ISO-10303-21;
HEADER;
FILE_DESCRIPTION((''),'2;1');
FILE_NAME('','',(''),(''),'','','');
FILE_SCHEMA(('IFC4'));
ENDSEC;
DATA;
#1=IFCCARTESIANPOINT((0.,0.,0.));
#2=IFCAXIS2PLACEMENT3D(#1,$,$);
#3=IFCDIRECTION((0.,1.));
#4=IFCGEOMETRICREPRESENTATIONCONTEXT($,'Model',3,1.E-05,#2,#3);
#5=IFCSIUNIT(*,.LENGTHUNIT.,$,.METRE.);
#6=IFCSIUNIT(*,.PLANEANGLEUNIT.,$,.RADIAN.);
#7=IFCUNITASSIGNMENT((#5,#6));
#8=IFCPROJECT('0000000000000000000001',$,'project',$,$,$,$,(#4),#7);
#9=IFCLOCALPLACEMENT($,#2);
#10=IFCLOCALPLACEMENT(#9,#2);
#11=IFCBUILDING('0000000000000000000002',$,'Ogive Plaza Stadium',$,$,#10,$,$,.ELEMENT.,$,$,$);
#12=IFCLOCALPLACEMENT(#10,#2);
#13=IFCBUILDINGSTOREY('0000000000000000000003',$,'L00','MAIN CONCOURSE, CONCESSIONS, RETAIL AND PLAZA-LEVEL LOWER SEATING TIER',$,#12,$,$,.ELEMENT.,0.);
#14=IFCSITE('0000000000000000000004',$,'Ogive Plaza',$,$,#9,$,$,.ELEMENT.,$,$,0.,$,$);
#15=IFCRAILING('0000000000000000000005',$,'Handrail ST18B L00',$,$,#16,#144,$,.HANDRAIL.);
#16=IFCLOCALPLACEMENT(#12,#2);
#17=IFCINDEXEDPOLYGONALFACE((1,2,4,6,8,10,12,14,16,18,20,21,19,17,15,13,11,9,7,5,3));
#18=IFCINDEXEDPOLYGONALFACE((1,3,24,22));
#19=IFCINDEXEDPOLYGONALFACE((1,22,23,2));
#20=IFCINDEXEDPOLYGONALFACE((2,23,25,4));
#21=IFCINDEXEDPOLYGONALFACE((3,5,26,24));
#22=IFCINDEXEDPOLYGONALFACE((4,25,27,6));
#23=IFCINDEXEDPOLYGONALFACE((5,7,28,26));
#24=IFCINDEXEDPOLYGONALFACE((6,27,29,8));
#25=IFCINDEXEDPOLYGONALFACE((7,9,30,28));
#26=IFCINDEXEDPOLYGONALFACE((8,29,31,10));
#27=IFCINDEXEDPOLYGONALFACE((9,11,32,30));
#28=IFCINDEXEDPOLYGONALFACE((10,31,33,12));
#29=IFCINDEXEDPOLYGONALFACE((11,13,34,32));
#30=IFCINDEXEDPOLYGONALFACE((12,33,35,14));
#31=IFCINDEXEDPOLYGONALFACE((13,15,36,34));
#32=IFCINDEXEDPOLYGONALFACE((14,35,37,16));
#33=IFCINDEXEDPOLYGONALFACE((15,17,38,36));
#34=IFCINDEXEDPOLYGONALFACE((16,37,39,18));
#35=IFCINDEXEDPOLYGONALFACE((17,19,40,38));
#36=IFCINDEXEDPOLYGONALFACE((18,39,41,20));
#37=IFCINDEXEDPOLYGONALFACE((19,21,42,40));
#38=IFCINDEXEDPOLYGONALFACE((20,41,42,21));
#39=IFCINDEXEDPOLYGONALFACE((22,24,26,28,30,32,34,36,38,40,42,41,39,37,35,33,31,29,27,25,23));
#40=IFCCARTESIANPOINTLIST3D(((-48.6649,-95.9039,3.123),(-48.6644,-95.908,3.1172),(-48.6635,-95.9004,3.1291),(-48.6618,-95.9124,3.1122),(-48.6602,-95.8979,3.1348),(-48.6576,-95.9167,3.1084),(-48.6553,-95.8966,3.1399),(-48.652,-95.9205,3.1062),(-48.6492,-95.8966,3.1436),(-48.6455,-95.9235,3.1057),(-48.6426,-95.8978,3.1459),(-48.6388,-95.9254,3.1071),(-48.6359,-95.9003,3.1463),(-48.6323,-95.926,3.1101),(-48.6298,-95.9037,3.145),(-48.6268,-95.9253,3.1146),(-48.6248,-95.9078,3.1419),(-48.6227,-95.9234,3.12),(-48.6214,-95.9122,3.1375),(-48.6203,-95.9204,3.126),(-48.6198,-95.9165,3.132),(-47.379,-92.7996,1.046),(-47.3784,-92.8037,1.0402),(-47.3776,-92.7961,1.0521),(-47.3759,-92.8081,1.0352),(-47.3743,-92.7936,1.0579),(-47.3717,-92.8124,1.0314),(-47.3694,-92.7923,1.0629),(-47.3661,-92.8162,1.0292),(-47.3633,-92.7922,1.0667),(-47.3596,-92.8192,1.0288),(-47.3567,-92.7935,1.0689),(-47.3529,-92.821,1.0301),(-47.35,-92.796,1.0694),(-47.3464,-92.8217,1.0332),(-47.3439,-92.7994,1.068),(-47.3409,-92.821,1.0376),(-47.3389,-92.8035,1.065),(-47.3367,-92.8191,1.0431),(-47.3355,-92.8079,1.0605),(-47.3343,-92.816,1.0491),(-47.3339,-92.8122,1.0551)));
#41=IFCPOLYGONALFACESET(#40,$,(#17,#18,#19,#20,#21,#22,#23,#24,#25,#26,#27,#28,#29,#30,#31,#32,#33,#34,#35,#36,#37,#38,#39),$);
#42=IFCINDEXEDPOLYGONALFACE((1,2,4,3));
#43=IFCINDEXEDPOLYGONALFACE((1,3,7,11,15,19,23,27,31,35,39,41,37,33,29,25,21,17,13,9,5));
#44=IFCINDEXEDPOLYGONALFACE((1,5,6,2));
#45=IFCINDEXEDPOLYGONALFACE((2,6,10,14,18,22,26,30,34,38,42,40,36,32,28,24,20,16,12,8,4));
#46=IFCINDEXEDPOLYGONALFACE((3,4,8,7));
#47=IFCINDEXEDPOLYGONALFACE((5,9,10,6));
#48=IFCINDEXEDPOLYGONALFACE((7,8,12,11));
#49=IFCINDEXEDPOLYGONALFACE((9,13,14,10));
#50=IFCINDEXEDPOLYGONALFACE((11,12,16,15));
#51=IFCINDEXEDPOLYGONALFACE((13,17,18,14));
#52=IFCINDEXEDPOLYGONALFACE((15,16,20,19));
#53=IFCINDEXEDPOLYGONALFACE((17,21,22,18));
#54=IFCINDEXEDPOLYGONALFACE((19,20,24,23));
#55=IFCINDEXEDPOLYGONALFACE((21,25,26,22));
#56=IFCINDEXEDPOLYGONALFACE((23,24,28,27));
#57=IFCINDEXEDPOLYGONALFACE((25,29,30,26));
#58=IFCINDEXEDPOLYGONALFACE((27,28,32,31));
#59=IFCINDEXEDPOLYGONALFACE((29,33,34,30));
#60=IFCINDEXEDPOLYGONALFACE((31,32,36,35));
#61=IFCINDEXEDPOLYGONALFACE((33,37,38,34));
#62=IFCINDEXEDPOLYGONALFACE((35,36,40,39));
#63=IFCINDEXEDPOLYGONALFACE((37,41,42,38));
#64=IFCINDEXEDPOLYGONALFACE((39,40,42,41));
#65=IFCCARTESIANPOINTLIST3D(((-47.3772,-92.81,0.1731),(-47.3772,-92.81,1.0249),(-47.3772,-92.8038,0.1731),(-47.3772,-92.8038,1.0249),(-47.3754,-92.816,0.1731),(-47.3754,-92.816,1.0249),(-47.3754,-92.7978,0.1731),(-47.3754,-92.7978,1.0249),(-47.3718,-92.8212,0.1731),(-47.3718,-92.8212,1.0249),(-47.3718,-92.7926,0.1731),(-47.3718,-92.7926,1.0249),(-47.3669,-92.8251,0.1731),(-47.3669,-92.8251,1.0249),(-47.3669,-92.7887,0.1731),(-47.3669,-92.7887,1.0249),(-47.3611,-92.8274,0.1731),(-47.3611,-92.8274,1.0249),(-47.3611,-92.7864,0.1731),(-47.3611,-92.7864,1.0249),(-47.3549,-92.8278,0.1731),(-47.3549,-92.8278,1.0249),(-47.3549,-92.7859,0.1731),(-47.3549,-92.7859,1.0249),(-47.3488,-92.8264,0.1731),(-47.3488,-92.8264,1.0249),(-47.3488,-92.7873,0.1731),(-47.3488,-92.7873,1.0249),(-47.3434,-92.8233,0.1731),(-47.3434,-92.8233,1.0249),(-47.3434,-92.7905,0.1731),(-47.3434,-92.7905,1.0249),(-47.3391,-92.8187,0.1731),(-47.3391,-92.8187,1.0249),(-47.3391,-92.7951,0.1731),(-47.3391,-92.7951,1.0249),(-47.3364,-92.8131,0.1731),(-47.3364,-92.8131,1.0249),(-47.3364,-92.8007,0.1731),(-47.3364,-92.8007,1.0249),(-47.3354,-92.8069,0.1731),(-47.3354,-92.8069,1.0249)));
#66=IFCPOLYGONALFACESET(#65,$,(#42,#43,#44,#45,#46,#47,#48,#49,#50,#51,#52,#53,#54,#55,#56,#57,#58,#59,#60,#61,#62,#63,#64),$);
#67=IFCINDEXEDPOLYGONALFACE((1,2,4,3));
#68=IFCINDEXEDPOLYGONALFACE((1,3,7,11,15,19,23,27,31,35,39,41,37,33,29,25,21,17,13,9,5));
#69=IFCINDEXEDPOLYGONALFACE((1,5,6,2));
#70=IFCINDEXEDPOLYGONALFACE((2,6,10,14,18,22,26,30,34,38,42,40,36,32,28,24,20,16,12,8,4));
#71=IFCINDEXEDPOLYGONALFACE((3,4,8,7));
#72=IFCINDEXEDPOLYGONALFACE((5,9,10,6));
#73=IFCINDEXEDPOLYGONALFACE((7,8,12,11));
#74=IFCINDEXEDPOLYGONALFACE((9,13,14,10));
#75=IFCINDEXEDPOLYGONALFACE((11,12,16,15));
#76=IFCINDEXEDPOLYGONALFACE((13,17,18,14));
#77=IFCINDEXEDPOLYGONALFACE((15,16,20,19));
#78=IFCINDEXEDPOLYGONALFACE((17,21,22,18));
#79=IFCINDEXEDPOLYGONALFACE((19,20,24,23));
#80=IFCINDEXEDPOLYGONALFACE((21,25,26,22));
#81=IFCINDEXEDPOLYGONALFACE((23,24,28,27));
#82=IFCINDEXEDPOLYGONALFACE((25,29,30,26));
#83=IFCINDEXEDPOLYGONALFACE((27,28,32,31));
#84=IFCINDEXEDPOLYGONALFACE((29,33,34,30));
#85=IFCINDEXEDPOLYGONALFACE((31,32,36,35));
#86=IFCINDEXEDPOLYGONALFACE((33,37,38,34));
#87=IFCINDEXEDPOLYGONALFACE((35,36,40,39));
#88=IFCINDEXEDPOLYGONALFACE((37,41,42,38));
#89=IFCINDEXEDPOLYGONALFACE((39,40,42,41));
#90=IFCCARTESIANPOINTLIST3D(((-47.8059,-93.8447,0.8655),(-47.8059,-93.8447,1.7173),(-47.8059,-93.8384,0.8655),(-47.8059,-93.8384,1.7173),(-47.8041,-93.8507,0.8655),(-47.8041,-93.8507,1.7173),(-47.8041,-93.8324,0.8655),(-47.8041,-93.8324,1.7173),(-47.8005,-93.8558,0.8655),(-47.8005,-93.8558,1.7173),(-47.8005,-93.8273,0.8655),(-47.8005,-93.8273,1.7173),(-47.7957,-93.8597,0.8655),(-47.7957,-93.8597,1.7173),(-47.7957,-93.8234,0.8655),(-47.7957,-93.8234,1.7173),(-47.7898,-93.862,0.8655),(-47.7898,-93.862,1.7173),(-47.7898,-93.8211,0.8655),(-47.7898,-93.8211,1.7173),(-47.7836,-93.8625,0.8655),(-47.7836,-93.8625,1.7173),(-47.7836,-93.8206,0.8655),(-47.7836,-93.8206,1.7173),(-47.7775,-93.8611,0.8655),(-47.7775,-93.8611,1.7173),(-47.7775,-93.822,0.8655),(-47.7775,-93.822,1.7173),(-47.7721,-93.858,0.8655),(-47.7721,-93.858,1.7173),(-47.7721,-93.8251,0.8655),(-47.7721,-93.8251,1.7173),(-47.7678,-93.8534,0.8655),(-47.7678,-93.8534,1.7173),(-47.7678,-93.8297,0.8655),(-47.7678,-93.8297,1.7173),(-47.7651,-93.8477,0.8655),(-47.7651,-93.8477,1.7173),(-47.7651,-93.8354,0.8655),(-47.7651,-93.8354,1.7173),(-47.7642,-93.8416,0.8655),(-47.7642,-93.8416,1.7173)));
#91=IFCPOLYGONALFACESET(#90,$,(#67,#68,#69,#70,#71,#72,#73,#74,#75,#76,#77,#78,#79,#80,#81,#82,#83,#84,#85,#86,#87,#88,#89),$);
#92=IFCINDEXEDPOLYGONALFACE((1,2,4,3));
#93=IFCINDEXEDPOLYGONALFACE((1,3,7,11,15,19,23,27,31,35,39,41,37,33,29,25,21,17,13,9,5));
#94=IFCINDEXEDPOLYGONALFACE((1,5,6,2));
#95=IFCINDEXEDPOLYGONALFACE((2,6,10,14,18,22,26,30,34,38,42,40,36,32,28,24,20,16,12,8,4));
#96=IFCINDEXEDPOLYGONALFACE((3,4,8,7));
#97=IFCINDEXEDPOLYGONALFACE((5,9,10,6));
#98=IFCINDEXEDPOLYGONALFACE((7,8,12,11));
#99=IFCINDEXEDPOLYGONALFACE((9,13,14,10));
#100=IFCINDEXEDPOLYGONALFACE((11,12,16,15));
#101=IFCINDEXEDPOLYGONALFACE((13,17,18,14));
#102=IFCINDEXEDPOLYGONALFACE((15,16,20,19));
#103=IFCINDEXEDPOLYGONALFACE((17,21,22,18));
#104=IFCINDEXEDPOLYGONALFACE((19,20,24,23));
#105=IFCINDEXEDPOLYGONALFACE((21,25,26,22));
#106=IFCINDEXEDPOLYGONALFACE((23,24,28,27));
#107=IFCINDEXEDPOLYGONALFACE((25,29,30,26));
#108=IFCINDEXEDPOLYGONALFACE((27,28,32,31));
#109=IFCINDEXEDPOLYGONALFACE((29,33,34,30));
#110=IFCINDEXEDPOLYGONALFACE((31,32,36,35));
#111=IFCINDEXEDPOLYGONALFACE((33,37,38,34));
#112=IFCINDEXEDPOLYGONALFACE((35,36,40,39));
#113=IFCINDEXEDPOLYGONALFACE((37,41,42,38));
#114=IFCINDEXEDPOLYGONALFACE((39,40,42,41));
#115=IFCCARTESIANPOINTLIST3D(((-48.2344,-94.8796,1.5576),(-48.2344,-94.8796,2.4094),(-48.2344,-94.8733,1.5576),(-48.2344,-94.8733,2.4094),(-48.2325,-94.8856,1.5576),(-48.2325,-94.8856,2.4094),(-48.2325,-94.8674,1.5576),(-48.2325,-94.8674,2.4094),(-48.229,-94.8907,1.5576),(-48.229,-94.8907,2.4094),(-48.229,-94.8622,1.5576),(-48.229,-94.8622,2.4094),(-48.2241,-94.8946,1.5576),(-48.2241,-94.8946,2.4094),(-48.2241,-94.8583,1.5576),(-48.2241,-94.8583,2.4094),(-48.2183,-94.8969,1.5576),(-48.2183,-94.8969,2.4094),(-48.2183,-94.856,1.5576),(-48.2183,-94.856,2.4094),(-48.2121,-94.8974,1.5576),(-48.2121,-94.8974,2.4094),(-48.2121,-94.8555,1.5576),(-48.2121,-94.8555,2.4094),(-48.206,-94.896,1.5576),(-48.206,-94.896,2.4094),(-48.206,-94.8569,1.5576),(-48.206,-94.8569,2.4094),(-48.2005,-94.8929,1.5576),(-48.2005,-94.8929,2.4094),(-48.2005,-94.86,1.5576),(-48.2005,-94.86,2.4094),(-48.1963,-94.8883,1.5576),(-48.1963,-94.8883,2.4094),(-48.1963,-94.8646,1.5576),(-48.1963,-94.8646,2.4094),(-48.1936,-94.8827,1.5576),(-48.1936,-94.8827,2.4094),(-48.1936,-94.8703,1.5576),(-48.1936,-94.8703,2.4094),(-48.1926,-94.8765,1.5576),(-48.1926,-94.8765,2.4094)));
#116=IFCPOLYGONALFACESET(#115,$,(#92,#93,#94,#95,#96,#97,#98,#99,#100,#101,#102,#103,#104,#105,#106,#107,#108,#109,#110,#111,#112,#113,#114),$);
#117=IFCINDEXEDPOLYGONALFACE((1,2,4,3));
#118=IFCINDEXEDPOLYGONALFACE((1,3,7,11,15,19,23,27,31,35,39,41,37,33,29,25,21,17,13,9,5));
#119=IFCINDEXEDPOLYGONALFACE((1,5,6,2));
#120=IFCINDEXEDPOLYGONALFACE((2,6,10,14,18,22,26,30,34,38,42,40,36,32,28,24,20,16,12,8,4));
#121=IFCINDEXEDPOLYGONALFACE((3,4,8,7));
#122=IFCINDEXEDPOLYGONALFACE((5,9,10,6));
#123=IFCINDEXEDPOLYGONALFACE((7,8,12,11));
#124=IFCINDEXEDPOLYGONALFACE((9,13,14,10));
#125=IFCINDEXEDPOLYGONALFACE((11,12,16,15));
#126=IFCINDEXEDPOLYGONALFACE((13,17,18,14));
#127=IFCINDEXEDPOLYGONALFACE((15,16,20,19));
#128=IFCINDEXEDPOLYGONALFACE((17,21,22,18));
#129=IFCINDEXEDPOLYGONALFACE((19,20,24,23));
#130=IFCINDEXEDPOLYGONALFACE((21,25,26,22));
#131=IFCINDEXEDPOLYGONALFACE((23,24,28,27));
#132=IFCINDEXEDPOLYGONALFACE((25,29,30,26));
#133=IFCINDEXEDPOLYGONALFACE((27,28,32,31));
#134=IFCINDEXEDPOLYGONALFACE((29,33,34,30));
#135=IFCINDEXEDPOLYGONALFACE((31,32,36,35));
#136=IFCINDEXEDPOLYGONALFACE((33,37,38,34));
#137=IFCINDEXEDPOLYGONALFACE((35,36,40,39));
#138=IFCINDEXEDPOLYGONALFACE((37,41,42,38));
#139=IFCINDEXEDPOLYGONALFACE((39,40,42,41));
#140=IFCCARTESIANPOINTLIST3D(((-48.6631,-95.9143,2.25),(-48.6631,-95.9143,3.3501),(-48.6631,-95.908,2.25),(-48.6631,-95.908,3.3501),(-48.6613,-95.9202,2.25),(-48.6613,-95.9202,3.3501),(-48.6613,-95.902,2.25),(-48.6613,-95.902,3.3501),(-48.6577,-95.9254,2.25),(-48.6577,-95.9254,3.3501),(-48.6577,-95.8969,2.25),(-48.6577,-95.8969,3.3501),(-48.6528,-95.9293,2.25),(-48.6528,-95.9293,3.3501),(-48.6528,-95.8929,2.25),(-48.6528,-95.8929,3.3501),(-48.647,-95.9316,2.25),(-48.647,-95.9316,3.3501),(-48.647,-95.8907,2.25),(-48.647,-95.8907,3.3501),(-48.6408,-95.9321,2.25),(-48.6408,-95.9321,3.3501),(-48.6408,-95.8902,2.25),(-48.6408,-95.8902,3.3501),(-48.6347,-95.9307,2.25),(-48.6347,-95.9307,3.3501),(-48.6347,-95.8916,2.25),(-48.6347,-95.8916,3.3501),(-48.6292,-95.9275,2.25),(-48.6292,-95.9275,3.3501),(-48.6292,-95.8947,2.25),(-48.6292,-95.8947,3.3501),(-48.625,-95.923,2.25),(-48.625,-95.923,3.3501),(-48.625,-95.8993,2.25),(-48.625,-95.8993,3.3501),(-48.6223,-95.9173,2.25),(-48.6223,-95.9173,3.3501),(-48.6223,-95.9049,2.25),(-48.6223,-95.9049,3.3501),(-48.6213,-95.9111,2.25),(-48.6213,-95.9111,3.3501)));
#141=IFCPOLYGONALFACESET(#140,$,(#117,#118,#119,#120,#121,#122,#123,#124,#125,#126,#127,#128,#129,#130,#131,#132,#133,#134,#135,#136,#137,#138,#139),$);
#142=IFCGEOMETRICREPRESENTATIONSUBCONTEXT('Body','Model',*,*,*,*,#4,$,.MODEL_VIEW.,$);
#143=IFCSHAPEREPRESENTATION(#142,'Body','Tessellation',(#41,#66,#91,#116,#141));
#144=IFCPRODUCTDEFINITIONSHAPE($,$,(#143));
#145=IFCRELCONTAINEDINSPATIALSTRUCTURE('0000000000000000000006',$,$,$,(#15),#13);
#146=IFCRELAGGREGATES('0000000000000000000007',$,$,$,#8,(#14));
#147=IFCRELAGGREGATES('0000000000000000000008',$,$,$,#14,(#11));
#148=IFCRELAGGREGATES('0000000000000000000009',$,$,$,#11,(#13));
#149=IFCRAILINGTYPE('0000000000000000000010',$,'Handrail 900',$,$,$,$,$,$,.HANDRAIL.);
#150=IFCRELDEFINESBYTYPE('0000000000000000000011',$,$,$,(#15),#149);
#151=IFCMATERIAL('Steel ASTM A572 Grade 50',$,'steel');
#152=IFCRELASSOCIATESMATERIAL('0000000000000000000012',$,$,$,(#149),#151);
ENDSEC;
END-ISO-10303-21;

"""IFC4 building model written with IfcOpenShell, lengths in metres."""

from ifc_helpers import new_model, si_unit, direction, frame, origin, origin_2d, place, context, subcontext, project, spatial, circle, extrude, material, type_object, element, save


model = new_model("IFC4")

# Units and contexts
model_context = context("Model", 3, precision=1e-05, world=origin(), true_north=direction((0.0, 1.0)))
body_context = subcontext(model_context, "Body", "Model", "MODEL_VIEW")
ifc_project = project(units=[si_unit("LENGTHUNIT", "METRE"), si_unit("PLANEANGLEUNIT", "RADIAN")], contexts=[model_context])

# Site, building, storey
site_placement = place(None, origin())
site = spatial("IfcSite", under=ifc_project, at=site_placement, Name="Ogive Plaza", CompositionType="ELEMENT", RefElevation=0.0)
building_placement = place(site_placement, origin())
building = spatial("IfcBuilding", under=site, at=building_placement, Name="Ogive Plaza Stadium", CompositionType="ELEMENT")
storey_placement = place(building_placement, origin())
storey = spatial("IfcBuildingStorey", under=building, at=storey_placement, Name="L00", Description="MAIN CONCOURSE, CONCESSIONS, RETAIL AND PLAZA-LEVEL LOWER SEATING TIER", CompositionType="ELEMENT", Elevation=0.0)

# Railing
ifc_material_1 = material(Name="Steel ASTM A572 Grade 50", Category="steel")
railing_type_1 = type_object("IfcRailingType", Name="Handrail 900", PredefinedType="HANDRAIL", material=ifc_material_1)
for number, where, name in (
    (1, (-47.3564, -92.8069, 0.1731), "Handrail ST18B L00"),
):
    element("IfcRailing", number, at=place(storey_placement, frame(where)), inside=storey, type_object=railing_type_1, Name=name, PredefinedType="HANDRAIL", context=body_context, shape_type="SweptSolid", body=[
        extrude(circle(Radius=0.0239, at=origin_2d()), frame((0.0, 0.0, 0.876), z_axis=(-0.325532, -0.785863, 0.525783), x_axis=(0.923872, -0.3827, 0.0)), (0.0, 0.0, 1.0), 3.9502),
        extrude(circle(Radius=0.021, at=origin_2d()), origin(), (0.0, 0.0, 1.0), 0.8518),
        extrude(circle(Radius=0.021, at=origin_2d()), frame((-0.4287, -1.0347, 0.6924)), (0.0, 0.0, 1.0), 0.8518),
        extrude(circle(Radius=0.021, at=origin_2d()), frame((-0.8572, -2.0696, 1.3845)), (0.0, 0.0, 1.0), 0.8518),
        extrude(circle(Radius=0.021, at=origin_2d()), frame((-1.2859, -3.1042, 2.0769)), (0.0, 0.0, 1.0), 1.1001),
    ])

save(model, "model.ifc")
